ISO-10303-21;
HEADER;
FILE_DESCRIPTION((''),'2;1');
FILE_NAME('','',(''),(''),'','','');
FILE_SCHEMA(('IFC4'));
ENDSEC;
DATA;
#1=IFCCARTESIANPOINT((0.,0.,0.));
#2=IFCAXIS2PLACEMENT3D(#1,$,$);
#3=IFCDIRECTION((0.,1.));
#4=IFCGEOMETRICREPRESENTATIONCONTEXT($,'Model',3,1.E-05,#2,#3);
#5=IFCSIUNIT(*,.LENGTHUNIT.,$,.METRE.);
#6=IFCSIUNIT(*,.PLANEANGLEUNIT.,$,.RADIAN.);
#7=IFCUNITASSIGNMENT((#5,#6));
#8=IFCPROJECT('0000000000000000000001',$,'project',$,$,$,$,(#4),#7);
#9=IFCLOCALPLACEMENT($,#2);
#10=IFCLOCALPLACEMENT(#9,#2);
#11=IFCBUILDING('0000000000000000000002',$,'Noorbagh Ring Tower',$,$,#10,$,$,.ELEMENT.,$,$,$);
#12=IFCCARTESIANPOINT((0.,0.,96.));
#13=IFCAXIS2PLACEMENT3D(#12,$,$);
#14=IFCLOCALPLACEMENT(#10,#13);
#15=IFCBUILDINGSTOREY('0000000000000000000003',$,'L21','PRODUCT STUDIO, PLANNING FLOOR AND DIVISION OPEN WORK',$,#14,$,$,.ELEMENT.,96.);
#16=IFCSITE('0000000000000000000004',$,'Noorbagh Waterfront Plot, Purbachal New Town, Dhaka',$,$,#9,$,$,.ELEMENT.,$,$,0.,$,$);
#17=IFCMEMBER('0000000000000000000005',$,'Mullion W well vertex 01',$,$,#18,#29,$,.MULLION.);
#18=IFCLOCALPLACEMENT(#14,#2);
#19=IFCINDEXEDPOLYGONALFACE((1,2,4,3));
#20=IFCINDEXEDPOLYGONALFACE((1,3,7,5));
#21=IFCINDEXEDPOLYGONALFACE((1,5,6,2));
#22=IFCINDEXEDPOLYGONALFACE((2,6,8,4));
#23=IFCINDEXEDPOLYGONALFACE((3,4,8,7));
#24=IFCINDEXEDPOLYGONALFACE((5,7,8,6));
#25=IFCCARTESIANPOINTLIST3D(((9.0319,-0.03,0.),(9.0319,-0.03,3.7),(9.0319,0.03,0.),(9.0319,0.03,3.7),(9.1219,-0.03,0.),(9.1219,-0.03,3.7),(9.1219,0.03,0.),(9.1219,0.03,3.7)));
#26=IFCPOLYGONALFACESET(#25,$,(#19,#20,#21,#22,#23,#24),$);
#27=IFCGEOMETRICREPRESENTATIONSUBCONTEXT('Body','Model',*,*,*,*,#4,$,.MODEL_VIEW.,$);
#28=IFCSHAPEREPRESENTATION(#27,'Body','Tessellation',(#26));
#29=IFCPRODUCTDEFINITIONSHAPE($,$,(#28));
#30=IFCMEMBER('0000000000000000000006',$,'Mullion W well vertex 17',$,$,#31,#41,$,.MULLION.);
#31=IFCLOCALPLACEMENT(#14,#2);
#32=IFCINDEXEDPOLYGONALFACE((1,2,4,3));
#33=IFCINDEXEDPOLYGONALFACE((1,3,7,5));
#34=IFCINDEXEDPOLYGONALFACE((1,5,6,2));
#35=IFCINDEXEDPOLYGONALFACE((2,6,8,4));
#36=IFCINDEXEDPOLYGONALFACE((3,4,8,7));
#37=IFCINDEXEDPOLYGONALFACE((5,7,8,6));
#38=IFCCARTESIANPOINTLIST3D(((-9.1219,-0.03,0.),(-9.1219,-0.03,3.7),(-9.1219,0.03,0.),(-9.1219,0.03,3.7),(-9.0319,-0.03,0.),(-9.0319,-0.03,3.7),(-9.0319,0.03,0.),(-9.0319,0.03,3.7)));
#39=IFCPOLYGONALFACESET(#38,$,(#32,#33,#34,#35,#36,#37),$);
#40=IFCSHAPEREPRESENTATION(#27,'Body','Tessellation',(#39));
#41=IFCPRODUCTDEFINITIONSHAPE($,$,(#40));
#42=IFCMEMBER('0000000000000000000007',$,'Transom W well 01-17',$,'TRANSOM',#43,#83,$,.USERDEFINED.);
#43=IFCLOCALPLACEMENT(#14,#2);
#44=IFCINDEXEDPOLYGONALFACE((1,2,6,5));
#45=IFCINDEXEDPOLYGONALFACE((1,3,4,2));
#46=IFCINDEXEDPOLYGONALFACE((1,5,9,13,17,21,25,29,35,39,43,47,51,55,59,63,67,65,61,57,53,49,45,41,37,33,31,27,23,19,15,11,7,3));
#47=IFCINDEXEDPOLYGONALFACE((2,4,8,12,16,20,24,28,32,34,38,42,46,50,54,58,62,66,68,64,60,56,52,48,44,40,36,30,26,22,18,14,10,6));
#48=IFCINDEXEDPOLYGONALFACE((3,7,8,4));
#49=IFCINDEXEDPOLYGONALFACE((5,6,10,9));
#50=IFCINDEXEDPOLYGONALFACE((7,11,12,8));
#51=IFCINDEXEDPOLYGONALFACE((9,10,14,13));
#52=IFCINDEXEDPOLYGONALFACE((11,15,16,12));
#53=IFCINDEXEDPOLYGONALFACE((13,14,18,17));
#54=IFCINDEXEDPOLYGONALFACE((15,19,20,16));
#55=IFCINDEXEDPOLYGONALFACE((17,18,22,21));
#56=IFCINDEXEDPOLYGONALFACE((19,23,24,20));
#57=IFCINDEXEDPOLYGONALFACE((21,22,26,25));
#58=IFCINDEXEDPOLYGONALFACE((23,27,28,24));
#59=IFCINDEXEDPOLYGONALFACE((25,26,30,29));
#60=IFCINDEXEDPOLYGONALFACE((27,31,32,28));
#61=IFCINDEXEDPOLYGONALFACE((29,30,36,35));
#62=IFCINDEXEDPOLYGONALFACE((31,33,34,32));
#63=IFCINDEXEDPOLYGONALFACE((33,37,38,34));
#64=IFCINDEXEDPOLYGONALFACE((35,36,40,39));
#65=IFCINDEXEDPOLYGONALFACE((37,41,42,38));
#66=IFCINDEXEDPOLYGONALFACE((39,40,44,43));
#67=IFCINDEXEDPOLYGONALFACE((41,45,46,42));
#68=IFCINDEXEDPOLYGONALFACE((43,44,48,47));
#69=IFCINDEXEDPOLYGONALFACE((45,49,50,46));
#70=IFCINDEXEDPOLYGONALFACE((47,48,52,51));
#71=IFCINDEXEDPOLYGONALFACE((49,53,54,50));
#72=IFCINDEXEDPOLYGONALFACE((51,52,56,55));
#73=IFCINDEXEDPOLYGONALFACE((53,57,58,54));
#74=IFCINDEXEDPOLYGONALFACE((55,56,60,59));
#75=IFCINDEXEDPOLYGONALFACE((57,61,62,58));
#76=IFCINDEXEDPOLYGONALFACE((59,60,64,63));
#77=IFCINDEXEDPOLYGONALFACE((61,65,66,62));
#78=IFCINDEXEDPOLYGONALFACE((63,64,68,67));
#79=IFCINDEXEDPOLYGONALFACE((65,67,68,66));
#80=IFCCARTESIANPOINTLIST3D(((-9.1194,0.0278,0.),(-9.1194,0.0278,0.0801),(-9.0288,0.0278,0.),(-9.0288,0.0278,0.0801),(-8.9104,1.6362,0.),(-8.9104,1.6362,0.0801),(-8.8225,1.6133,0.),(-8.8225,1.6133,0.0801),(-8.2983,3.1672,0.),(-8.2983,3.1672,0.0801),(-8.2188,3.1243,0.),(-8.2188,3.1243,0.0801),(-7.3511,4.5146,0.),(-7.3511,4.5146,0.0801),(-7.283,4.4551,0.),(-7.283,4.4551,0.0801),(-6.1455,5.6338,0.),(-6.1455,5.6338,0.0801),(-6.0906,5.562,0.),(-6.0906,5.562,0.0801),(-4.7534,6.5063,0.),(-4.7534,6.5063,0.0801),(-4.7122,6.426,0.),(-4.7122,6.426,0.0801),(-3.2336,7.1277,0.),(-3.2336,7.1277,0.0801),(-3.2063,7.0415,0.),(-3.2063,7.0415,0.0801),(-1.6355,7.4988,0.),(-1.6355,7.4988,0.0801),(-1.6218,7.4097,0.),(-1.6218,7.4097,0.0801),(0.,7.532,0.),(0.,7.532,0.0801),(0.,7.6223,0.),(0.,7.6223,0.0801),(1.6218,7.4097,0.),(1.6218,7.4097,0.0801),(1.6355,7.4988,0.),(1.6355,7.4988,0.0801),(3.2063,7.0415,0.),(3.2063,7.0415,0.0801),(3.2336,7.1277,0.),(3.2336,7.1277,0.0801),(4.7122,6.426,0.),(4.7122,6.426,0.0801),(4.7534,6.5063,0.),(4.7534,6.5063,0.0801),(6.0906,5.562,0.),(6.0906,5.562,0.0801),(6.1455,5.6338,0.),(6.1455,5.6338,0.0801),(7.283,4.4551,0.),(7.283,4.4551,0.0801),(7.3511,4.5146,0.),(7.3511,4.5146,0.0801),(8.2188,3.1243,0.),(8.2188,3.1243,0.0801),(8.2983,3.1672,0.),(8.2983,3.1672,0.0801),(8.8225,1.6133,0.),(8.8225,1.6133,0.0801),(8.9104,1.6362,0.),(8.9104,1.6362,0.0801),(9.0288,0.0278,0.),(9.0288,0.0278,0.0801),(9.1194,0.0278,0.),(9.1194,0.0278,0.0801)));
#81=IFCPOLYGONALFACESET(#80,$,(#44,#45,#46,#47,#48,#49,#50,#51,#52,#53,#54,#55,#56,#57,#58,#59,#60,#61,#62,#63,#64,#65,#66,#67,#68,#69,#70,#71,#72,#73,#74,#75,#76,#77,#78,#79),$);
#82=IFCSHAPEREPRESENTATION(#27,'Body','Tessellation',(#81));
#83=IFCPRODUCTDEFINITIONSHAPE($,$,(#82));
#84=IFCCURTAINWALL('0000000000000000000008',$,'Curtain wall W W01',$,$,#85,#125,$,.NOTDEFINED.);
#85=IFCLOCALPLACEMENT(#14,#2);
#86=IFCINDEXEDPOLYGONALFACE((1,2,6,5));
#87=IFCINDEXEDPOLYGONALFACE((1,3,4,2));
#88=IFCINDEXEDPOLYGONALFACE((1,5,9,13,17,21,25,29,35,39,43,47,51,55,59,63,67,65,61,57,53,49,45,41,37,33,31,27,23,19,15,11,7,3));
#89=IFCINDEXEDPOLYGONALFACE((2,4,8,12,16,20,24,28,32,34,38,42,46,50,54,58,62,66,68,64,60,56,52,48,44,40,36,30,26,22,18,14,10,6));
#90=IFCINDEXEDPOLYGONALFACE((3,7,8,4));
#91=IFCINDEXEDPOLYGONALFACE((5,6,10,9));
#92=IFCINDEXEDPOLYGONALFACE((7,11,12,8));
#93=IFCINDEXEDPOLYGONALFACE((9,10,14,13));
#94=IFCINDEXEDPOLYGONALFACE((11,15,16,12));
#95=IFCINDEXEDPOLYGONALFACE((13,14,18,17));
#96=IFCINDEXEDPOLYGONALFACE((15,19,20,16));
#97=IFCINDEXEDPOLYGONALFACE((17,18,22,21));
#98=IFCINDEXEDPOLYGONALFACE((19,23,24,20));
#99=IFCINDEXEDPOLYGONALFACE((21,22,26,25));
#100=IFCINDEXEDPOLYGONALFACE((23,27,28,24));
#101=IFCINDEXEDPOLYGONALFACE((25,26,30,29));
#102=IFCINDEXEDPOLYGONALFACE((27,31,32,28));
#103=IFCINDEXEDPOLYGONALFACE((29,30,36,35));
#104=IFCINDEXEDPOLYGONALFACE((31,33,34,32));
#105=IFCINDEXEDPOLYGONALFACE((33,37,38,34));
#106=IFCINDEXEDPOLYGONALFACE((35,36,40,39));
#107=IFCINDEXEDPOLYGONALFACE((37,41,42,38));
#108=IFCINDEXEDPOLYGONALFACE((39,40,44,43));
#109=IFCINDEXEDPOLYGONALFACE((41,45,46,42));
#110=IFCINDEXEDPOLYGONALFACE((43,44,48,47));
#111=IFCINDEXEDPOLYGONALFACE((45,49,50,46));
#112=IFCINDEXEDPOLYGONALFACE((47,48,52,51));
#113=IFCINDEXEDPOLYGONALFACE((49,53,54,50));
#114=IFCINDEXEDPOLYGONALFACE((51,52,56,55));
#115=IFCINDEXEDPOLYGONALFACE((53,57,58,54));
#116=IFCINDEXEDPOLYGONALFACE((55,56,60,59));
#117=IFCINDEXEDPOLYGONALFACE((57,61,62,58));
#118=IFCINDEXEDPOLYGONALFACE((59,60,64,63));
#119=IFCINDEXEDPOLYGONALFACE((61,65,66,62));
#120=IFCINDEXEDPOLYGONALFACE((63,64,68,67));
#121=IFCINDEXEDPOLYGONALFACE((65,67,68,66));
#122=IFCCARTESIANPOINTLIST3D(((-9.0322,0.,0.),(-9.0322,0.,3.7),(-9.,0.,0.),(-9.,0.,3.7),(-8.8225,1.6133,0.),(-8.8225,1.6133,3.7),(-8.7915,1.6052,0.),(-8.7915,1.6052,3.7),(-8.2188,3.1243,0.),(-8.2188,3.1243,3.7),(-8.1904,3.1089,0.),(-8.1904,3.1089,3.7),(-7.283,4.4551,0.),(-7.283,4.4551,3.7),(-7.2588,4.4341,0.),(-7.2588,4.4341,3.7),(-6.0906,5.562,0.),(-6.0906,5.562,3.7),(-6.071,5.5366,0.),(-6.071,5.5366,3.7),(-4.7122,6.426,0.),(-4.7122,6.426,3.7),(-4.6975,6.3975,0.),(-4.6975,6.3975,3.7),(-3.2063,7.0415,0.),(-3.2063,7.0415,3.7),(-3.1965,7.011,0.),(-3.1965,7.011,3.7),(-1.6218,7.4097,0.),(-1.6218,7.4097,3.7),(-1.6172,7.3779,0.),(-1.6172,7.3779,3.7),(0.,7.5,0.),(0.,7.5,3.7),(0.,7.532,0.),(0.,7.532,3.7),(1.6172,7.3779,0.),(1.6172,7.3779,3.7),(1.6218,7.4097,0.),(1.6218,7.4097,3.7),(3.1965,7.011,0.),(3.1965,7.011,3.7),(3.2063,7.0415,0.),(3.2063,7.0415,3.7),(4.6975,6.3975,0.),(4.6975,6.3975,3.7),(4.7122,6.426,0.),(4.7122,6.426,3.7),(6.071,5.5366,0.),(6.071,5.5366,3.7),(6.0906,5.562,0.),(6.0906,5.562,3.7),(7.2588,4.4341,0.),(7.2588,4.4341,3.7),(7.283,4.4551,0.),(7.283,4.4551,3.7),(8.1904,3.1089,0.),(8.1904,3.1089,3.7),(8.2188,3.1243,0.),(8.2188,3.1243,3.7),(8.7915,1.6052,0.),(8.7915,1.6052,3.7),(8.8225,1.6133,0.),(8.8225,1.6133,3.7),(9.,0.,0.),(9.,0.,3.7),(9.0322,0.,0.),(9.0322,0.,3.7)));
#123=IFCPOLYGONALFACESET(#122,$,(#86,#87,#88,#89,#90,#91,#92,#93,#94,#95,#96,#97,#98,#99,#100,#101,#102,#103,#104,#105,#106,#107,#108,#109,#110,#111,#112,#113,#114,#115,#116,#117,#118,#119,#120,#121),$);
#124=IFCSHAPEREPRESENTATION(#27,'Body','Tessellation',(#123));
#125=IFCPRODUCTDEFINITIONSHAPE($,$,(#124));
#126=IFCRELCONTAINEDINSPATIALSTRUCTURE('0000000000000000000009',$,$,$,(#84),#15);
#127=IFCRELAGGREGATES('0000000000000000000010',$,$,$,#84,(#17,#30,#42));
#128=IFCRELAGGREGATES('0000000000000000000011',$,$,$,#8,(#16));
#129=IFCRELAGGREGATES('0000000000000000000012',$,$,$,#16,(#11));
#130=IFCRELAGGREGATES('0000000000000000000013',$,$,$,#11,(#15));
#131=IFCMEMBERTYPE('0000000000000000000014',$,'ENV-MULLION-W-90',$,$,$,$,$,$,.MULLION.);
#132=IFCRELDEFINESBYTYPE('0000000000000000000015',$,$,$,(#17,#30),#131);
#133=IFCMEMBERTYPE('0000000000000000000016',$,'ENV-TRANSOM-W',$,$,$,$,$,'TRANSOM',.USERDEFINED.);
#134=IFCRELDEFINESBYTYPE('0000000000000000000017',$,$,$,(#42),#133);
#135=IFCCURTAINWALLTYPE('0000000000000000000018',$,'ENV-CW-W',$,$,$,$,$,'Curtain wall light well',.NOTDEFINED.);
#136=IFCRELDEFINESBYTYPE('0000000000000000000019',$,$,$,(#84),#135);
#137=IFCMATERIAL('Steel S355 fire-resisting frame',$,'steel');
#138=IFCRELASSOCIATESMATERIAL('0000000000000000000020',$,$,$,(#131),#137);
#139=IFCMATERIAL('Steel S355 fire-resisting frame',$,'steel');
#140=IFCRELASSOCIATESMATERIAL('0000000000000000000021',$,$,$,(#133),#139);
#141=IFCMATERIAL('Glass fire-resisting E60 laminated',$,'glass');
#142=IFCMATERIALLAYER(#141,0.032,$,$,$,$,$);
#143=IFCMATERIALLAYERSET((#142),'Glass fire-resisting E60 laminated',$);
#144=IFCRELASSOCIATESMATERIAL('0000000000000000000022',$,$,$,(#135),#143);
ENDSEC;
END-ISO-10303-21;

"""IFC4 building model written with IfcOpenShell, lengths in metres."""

from ifc_helpers import new_model, si_unit, direction, frame, origin, origin_2d, place, context, subcontext, project, spatial, polyline, rectangle, outline, extrude, material, layer, layer_set, material_profile, profile_set, type_object, element, aggregate, save


model = new_model("IFC4")

# Units and contexts
model_context = context("Model", 3, precision=1e-05, world=origin(), true_north=direction((0.0, 1.0)))
body_context = subcontext(model_context, "Body", "Model", "MODEL_VIEW")
ifc_project = project(units=[si_unit("LENGTHUNIT", "METRE"), si_unit("PLANEANGLEUNIT", "RADIAN")], contexts=[model_context])

# Members
site_placement = place(None, origin())
building_placement = place(site_placement, origin())
storey_placement = place(building_placement, frame((0.0, 0.0, 96.0)))
ifc_material_1 = material(Name="Steel S355 fire-resisting frame", Category="steel")
ifc_material_profile_1 = material_profile(ifc_material_1, rectangle(XDim=0.0901, YDim=0.0601, at=origin_2d()), Name="90x60")
ifc_profile_set_1 = profile_set([ifc_material_profile_1], Name="Steel S355 fire-resisting frame")
member_type_1 = type_object("IfcMemberType", Name="ENV-MULLION-W-90", PredefinedType="MULLION", material=ifc_profile_set_1)
member_1_placement = place(storey_placement, frame((9.0769, 0.0, 0.0), z_axis=(0.0, 0.0, 1.0), x_axis=(1.0, 0.0, 0.0)))
member_1 = element("IfcMember", 1, at=member_1_placement, type_object=member_type_1, Name="Mullion W well vertex 01", PredefinedType="MULLION", context=body_context, shape_type="SweptSolid", body=[
    extrude(rectangle(XDim=0.0901, YDim=0.0601, at=origin_2d()), origin(), (0.0, 0.0, 1.0), 3.7),
])
member_2_placement = place(storey_placement, frame((-9.0769, 0.0, 0.0), z_axis=(0.0, 0.0, 1.0), x_axis=(-1.0, 0.0, 0.0)))
member_2 = element("IfcMember", 2, at=member_2_placement, type_object=member_type_1, Name="Mullion W well vertex 17", PredefinedType="MULLION", context=body_context, shape_type="SweptSolid", body=[
    extrude(rectangle(XDim=0.0901, YDim=0.0601, at=origin_2d()), origin(), (0.0, 0.0, 1.0), 3.7),
])
ifc_material_2 = material(Name="Steel S355 fire-resisting frame", Category="steel")
member_type_2 = type_object("IfcMemberType", Name="ENV-TRANSOM-W", ElementType="TRANSOM", PredefinedType="USERDEFINED", material=ifc_material_2)
member_3_placement = place(storey_placement, origin())
member_3 = element("IfcMember", 3, at=member_3_placement, type_object=member_type_2, Name="Transom W well 01-17", ObjectType="TRANSOM", PredefinedType="USERDEFINED", context=body_context, shape_type="SweptSolid", body=[
    extrude(outline(polyline([(9.1194, 0.0278), (8.9104, 1.6362), (8.2983, 3.1672), (7.3511, 4.5146), (6.1455, 5.6338), (4.7534, 6.5063), (3.2336, 7.1277), (1.6355, 7.4988), (0.0, 7.6223), (-1.6355, 7.4988), (-3.2336, 7.1277), (-4.7534, 6.5063), (-6.1455, 5.6338), (-7.3511, 4.5146), (-8.2983, 3.1672), (-8.9104, 1.6362), (-9.1194, 0.0278), (-9.0288, 0.0278), (-8.8225, 1.6133), (-8.2188, 3.1243), (-7.283, 4.4551), (-6.0906, 5.562), (-4.7122, 6.426), (-3.2063, 7.0415), (-1.6218, 7.4097), (0.0, 7.532), (1.6218, 7.4097), (3.2063, 7.0415), (4.7122, 6.426), (6.0906, 5.562), (7.283, 4.4551), (8.2188, 3.1243), (8.8225, 1.6133), (9.0288, 0.0278), (9.1194, 0.0278)])), origin(), (0.0, 0.0, 1.0), 0.0801),
])

# Site, building, storey
site = spatial("IfcSite", under=ifc_project, at=site_placement, Name="Noorbagh Waterfront Plot, Purbachal New Town, Dhaka", CompositionType="ELEMENT", RefElevation=0.0)
building = spatial("IfcBuilding", under=site, at=building_placement, Name="Noorbagh Ring Tower", CompositionType="ELEMENT")
storey = spatial("IfcBuildingStorey", under=building, at=storey_placement, Name="L21", Description="PRODUCT STUDIO, PLANNING FLOOR AND DIVISION OPEN WORK", CompositionType="ELEMENT", Elevation=96.0)

# Curtain wall
ifc_material_3 = material(Name="Glass fire-resisting E60 laminated", Category="glass")
ifc_layer_1 = layer(ifc_material_3, 0.032)
ifc_layer_set_1 = layer_set([ifc_layer_1], Name="Glass fire-resisting E60 laminated")
curtain_wall_type_1 = type_object("IfcCurtainWallType", Name="ENV-CW-W", ElementType="Curtain wall light well", PredefinedType="NOTDEFINED", material=ifc_layer_set_1)
curtain_wall_1_placement = place(storey_placement, origin())
curtain_wall_1 = element("IfcCurtainWall", 4, at=curtain_wall_1_placement, inside=storey, type_object=curtain_wall_type_1, Name="Curtain wall W W01", PredefinedType="NOTDEFINED", context=body_context, shape_type="SweptSolid", body=[
    extrude(outline(polyline([(9.0322, 0.0), (8.8225, 1.6133), (8.2188, 3.1243), (7.283, 4.4551), (6.0906, 5.562), (4.7122, 6.426), (3.2063, 7.0415), (1.6218, 7.4097), (0.0, 7.532), (-1.6218, 7.4097), (-3.2063, 7.0415), (-4.7122, 6.426), (-6.0906, 5.562), (-7.283, 4.4551), (-8.2188, 3.1243), (-8.8225, 1.6133), (-9.0322, 0.0), (-9.0, 0.0), (-8.7915, 1.6052), (-8.1904, 3.1089), (-7.2588, 4.4341), (-6.071, 5.5366), (-4.6975, 6.3975), (-3.1965, 7.011), (-1.6172, 7.3779), (0.0, 7.5), (1.6172, 7.3779), (3.1965, 7.011), (4.6975, 6.3975), (6.071, 5.5366), (7.2588, 4.4341), (8.1904, 3.1089), (8.7915, 1.6052), (9.0, 0.0), (9.0322, 0.0)])), origin(), (0.0, 0.0, 1.0), 3.7),
])
aggregate(curtain_wall_1, [member_1, member_2, member_3])

save(model, "model.ifc")
